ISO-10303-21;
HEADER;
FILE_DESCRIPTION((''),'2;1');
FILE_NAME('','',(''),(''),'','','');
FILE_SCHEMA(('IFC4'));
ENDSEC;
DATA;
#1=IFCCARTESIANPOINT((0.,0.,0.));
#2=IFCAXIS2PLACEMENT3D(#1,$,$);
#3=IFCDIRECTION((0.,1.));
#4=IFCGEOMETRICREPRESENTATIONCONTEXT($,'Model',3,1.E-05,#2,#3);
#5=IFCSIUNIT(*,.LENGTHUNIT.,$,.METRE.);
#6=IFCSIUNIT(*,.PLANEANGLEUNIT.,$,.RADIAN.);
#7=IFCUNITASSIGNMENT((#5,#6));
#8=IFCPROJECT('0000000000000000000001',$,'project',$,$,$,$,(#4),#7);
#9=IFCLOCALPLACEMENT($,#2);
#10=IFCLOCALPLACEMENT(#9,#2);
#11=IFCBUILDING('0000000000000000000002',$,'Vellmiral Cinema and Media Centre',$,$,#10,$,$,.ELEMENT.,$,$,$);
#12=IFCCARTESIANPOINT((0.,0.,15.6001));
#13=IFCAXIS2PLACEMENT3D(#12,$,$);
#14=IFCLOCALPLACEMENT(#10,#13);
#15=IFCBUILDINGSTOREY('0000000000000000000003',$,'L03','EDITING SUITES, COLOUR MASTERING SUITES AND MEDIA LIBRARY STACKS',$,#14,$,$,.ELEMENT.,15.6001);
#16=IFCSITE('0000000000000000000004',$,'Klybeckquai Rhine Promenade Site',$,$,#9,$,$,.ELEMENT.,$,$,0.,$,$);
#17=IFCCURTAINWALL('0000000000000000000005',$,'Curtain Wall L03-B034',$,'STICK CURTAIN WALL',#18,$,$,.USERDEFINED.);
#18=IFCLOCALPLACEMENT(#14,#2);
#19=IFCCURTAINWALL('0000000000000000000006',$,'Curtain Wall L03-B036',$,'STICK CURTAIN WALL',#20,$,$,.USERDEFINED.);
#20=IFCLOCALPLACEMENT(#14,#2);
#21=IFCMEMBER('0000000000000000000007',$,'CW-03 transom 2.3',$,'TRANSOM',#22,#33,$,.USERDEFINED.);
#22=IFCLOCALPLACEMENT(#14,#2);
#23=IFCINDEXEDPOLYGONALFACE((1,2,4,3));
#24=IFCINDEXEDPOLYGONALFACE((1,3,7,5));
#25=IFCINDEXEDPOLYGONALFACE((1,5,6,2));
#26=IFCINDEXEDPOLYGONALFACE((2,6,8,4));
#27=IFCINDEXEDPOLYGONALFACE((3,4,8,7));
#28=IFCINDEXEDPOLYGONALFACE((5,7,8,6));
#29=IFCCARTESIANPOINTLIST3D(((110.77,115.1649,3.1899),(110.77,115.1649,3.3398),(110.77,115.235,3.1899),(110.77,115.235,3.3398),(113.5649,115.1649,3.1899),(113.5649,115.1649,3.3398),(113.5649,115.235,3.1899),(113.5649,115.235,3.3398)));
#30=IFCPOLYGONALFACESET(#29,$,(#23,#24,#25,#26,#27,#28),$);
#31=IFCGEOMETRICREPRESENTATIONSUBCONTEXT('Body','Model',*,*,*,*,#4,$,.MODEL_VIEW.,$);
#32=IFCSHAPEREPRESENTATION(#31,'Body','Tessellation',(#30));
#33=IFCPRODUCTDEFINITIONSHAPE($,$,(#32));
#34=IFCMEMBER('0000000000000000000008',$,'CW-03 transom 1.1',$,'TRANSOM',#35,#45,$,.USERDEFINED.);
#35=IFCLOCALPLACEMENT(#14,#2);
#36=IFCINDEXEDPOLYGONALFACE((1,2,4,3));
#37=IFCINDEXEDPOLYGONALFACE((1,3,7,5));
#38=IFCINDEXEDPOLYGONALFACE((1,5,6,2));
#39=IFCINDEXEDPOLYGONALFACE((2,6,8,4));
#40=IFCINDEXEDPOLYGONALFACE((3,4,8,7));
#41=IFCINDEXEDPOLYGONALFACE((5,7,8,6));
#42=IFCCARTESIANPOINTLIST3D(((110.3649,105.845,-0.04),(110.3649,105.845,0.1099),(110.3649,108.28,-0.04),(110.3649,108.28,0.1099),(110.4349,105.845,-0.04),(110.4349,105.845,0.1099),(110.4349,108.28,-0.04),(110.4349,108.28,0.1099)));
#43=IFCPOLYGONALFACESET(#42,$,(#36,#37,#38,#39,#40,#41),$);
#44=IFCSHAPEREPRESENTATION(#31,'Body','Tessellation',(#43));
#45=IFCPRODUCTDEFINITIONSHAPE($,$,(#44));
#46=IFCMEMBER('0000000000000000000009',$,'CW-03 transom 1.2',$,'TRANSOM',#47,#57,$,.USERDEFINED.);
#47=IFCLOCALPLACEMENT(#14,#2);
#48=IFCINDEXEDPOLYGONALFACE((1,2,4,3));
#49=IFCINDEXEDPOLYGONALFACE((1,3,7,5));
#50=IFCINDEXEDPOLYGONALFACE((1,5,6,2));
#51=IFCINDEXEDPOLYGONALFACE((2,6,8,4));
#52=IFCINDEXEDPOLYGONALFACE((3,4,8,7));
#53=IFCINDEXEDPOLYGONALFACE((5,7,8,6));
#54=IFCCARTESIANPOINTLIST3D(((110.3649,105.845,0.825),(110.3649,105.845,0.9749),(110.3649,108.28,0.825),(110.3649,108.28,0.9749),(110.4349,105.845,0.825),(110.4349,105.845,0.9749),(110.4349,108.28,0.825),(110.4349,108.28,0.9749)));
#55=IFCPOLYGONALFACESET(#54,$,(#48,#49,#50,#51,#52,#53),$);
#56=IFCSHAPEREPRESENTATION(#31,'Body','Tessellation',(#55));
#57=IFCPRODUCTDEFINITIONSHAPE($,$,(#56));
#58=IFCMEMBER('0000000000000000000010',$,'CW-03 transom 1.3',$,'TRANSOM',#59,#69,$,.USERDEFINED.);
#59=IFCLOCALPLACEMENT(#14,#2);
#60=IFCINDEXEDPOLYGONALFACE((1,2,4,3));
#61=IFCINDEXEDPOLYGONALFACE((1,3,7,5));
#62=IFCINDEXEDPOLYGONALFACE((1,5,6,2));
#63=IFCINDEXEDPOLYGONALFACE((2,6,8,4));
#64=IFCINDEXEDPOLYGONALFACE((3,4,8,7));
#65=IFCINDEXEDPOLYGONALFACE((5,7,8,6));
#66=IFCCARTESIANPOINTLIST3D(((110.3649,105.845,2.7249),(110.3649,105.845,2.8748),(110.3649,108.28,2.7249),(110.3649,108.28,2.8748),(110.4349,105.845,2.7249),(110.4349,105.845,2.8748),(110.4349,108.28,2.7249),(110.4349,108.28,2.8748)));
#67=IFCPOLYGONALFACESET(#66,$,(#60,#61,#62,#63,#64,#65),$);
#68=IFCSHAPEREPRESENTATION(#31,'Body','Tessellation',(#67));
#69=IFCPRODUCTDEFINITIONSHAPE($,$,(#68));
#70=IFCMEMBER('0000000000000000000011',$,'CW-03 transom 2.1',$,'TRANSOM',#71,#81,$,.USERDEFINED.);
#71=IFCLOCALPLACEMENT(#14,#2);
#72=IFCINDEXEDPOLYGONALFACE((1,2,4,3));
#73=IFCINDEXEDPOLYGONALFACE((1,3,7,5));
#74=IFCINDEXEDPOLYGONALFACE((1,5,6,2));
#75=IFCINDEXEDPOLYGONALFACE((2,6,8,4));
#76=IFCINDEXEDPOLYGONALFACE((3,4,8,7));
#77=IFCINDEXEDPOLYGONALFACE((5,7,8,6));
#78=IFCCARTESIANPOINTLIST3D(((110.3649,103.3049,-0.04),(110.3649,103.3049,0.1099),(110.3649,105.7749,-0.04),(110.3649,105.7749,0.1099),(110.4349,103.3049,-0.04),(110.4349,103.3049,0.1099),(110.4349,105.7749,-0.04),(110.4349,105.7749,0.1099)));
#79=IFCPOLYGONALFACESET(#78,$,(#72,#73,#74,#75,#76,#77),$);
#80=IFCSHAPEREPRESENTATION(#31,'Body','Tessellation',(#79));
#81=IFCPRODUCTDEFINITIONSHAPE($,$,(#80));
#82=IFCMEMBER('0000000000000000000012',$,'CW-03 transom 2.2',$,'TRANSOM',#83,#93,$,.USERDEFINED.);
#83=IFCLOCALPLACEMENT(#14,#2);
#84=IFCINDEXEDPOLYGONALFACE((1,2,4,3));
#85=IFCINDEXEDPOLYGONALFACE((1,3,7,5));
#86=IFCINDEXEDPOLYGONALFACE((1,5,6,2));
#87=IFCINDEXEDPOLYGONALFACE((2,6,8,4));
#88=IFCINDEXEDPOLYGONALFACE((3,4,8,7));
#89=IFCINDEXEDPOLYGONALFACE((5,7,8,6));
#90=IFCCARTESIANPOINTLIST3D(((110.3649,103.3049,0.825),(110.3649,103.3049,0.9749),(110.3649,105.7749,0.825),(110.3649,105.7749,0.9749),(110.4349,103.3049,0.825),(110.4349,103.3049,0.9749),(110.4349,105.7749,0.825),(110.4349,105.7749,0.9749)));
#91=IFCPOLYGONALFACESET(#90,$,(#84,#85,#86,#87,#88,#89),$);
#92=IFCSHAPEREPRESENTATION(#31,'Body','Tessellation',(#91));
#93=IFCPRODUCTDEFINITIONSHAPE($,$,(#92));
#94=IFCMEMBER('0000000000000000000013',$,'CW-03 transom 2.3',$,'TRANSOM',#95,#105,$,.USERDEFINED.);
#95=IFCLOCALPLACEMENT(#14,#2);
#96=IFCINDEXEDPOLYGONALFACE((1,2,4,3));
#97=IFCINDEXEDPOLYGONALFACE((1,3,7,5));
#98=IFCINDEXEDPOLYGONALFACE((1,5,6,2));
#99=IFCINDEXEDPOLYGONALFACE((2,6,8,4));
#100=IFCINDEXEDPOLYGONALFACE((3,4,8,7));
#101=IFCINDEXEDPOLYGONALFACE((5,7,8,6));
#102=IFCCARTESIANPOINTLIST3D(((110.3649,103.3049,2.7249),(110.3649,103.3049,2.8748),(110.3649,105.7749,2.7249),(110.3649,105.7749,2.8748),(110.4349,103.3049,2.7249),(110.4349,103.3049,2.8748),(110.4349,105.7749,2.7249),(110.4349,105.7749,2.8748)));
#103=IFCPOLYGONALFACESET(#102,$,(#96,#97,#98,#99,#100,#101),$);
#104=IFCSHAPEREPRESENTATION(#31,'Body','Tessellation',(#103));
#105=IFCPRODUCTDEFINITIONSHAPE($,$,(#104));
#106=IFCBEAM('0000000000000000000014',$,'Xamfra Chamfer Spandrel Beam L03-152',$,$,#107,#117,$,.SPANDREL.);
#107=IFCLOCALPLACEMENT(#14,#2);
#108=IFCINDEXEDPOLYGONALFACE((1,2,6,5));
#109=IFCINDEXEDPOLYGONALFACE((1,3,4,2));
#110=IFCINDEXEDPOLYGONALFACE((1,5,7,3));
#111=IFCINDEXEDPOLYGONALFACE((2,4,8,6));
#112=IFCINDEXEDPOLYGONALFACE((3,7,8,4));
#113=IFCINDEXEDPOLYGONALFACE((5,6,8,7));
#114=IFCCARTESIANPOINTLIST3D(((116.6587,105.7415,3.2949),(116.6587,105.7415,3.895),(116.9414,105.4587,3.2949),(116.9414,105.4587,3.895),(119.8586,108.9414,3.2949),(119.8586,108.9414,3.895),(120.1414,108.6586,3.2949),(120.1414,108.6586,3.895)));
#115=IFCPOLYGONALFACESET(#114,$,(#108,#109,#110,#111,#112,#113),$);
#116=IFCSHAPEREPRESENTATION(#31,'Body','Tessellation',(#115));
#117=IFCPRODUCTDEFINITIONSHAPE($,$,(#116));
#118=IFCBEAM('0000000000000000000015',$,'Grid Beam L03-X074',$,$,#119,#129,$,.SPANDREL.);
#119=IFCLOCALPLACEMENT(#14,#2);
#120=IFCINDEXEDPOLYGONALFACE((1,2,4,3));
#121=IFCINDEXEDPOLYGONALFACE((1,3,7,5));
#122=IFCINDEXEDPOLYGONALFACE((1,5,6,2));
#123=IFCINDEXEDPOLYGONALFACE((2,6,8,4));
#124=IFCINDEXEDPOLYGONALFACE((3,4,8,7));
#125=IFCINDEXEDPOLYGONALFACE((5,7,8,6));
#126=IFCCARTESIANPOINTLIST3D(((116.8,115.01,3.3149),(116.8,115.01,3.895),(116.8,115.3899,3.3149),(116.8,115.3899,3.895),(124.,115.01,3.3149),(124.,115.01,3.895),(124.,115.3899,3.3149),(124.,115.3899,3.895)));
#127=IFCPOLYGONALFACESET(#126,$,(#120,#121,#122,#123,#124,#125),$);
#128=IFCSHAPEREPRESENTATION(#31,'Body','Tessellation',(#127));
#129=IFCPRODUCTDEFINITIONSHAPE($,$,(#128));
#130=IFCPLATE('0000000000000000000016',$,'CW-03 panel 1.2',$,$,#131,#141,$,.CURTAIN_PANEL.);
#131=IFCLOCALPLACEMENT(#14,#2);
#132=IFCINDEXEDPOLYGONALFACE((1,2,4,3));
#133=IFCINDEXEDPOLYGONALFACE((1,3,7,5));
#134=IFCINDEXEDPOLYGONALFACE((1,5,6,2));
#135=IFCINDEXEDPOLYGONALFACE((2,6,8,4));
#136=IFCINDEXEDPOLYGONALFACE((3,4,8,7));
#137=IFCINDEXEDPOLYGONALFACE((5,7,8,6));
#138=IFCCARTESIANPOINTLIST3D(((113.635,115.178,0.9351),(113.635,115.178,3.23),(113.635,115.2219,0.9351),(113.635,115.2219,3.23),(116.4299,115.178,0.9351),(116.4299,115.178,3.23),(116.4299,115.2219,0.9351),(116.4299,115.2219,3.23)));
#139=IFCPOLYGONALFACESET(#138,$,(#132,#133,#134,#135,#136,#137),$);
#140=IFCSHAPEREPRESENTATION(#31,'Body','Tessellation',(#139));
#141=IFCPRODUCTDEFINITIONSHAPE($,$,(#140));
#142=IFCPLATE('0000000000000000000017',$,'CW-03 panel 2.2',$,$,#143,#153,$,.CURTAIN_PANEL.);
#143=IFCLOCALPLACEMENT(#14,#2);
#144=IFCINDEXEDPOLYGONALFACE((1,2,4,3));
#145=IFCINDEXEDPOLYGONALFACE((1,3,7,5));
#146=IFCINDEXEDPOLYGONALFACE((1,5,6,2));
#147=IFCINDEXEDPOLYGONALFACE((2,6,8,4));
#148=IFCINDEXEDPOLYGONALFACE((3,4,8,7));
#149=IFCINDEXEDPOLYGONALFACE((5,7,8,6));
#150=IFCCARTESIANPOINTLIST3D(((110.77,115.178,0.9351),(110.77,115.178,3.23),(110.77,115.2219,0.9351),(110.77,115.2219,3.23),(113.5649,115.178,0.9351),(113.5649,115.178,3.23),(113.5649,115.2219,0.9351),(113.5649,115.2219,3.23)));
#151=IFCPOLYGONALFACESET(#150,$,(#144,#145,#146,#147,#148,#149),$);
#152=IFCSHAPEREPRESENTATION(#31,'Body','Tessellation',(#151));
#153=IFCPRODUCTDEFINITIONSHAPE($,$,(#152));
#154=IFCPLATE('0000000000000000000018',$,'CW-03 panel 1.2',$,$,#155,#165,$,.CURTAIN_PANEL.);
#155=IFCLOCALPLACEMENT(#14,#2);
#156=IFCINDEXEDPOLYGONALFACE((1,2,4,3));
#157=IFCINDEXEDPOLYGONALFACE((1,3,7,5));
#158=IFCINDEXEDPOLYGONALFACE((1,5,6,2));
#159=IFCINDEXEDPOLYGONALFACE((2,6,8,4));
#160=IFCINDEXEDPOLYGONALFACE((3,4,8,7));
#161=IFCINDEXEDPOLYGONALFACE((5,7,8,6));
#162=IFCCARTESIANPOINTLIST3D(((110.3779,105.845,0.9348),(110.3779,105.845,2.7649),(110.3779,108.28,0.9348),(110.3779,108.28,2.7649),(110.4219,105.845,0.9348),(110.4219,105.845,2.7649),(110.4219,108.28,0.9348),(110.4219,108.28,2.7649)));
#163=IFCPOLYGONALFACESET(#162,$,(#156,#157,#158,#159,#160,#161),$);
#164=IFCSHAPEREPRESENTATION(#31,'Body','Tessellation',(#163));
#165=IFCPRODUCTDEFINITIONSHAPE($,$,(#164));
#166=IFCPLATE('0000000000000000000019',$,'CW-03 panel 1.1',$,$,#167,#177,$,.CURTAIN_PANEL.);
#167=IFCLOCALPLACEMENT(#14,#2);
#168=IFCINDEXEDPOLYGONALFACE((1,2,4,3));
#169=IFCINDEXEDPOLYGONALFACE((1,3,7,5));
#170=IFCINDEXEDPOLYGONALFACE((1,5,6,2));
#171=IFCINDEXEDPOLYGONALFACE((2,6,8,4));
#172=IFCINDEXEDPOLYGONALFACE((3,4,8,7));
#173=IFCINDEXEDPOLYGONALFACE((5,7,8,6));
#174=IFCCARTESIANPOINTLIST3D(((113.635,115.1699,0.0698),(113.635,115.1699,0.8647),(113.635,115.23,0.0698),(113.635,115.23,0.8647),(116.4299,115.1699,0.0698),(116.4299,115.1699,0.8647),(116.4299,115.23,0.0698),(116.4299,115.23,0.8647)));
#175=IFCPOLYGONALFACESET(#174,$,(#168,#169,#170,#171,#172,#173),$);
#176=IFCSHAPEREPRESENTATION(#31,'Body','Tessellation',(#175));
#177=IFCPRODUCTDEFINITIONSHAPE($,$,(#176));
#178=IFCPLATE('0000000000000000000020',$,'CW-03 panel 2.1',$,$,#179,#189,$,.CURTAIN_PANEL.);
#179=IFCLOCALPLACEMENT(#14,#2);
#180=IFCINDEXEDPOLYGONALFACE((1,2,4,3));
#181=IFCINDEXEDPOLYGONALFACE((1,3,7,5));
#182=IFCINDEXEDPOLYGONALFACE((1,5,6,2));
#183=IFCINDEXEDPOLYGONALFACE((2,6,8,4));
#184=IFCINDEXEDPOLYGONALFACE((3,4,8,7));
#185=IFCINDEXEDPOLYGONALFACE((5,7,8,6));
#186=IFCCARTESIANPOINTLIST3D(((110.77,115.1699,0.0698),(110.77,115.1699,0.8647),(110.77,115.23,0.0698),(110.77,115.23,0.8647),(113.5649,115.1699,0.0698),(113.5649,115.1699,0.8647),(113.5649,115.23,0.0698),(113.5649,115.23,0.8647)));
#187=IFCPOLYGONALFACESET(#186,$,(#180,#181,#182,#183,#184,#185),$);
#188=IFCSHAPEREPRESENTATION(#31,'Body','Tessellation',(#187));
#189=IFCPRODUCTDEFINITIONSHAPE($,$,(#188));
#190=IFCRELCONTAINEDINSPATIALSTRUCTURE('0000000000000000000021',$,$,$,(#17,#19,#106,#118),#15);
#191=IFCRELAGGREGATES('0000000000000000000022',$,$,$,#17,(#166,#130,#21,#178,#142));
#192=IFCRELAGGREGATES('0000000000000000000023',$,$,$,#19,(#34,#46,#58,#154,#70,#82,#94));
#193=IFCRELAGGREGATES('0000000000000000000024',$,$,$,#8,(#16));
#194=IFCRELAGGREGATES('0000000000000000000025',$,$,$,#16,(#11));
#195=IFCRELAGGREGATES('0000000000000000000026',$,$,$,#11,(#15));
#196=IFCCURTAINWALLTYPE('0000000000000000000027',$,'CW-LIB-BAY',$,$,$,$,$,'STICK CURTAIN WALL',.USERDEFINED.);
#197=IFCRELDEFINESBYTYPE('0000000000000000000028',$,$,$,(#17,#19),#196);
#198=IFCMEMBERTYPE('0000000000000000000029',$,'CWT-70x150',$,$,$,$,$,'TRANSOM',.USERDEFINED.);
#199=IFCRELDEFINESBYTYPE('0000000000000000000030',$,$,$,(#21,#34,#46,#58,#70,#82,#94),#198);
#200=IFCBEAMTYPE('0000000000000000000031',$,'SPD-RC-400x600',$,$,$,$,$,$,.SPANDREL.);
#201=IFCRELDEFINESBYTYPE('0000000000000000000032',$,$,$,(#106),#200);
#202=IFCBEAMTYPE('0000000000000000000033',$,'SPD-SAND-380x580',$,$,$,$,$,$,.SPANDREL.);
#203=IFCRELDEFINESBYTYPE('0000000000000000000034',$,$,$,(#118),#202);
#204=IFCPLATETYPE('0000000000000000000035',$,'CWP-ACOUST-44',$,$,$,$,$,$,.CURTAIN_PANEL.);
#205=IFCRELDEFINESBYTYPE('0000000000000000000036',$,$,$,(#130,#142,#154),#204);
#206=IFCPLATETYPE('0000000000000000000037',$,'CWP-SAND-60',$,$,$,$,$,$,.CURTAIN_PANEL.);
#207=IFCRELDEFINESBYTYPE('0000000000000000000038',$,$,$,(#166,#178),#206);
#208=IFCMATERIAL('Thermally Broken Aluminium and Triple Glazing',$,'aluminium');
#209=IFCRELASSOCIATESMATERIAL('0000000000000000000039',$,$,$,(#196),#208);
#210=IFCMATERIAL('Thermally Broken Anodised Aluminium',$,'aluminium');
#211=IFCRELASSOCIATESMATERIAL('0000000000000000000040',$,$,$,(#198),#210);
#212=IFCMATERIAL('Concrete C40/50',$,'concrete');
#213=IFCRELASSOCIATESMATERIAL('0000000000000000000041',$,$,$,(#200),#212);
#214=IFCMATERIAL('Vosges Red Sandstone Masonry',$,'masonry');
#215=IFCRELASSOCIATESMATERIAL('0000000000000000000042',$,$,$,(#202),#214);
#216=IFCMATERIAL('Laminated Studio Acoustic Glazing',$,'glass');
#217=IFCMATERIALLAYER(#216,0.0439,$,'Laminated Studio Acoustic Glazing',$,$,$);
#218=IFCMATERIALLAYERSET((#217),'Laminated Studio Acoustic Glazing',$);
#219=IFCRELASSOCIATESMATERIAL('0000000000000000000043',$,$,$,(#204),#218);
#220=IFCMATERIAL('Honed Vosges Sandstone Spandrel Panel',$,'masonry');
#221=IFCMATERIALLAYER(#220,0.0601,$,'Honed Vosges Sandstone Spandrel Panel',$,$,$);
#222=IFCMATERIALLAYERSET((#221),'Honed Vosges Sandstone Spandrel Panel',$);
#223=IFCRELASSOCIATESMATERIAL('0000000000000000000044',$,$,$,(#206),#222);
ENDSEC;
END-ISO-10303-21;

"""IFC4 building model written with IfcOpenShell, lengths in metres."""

from ifc_helpers import new_model, si_unit, direction, frame, origin, origin_2d, place, context, subcontext, project, spatial, rectangle, extrude, material, layer, layer_set, material_profile, profile_set, type_object, element, aggregate, save


model = new_model("IFC4")

# Units and contexts
model_context = context("Model", 3, precision=1e-05, world=origin(), true_north=direction((0.0, 1.0)))
body_context = subcontext(model_context, "Body", "Model", "MODEL_VIEW")
ifc_project = project(units=[si_unit("LENGTHUNIT", "METRE"), si_unit("PLANEANGLEUNIT", "RADIAN")], contexts=[model_context])

# Site, building, storey
site_placement = place(None, origin())
site = spatial("IfcSite", under=ifc_project, at=site_placement, Name="Klybeckquai Rhine Promenade Site", CompositionType="ELEMENT", RefElevation=0.0)
building_placement = place(site_placement, origin())
building = spatial("IfcBuilding", under=site, at=building_placement, Name="Vellmiral Cinema and Media Centre", CompositionType="ELEMENT")
storey_placement = place(building_placement, frame((0.0, 0.0, 15.6001)))
storey = spatial("IfcBuildingStorey", under=building, at=storey_placement, Name="L03", Description="EDITING SUITES, COLOUR MASTERING SUITES AND MEDIA LIBRARY STACKS", CompositionType="ELEMENT", Elevation=15.6001)

# Curtain walls
ifc_material_1 = material(Name="Thermally Broken Aluminium and Triple Glazing", Category="aluminium")
curtain_wall_type = type_object("IfcCurtainWallType", Name="CW-LIB-BAY", ElementType="STICK CURTAIN WALL", PredefinedType="USERDEFINED", material=ifc_material_1)
curtain_wall_1_placement = place(storey_placement, origin())
curtain_wall_1 = element("IfcCurtainWall", 1, at=curtain_wall_1_placement, inside=storey, type_object=curtain_wall_type, Name="Curtain Wall L03-B034", ObjectType="STICK CURTAIN WALL", PredefinedType="USERDEFINED")
curtain_wall_2_placement = place(storey_placement, origin())
curtain_wall_2 = element("IfcCurtainWall", 2, at=curtain_wall_2_placement, inside=storey, type_object=curtain_wall_type, Name="Curtain Wall L03-B036", ObjectType="STICK CURTAIN WALL", PredefinedType="USERDEFINED")

# Members
ifc_material_2 = material(Name="Thermally Broken Anodised Aluminium", Category="aluminium")
ifc_material_profile_1 = material_profile(ifc_material_2, rectangle(XDim=0.0701, YDim=0.1499, at=origin_2d()), Name="MULL 70x150")
ifc_profile_set_1 = profile_set([ifc_material_profile_1], Name="Thermally Broken Anodised Aluminium")
member_type_1 = type_object("IfcMemberType", Name="CWT-70x150", ElementType="TRANSOM", PredefinedType="USERDEFINED", material=ifc_profile_set_1)
member_1_placement = place(storey_placement, frame((113.5649, 115.2, 3.2649), z_axis=(-1.0, 0.0, 0.0), x_axis=(0.0, -1.0, 0.0)))
member_1 = element("IfcMember", 3, at=member_1_placement, type_object=member_type_1, Name="CW-03 transom 2.3", ObjectType="TRANSOM", PredefinedType="USERDEFINED", context=body_context, shape_type="SweptSolid", body=[
    extrude(rectangle(XDim=0.0701, YDim=0.1499, at=origin_2d()), origin(), (0.0, 0.0, 1.0), 2.7949),
])
member_2_placement = place(storey_placement, frame((110.3999, 108.28, 0.0349), z_axis=(0.0, -1.0, 0.0), x_axis=(1.0, 0.0, 0.0)))
member_2 = element("IfcMember", 4, at=member_2_placement, type_object=member_type_1, Name="CW-03 transom 1.1", ObjectType="TRANSOM", PredefinedType="USERDEFINED", context=body_context, shape_type="SweptSolid", body=[
    extrude(rectangle(XDim=0.0701, YDim=0.1499, at=origin_2d()), origin(), (0.0, 0.0, 1.0), 2.4351),
])
member_3_placement = place(storey_placement, frame((110.3999, 108.28, 0.8999), z_axis=(0.0, -1.0, 0.0), x_axis=(1.0, 0.0, 0.0)))
member_3 = element("IfcMember", 5, at=member_3_placement, type_object=member_type_1, Name="CW-03 transom 1.2", ObjectType="TRANSOM", PredefinedType="USERDEFINED", context=body_context, shape_type="SweptSolid", body=[
    extrude(rectangle(XDim=0.0701, YDim=0.1499, at=origin_2d()), origin(), (0.0, 0.0, 1.0), 2.4351),
])
member_4_placement = place(storey_placement, frame((110.3999, 108.28, 2.7998), z_axis=(0.0, -1.0, 0.0), x_axis=(1.0, 0.0, 0.0)))
member_4 = element("IfcMember", 6, at=member_4_placement, type_object=member_type_1, Name="CW-03 transom 1.3", ObjectType="TRANSOM", PredefinedType="USERDEFINED", context=body_context, shape_type="SweptSolid", body=[
    extrude(rectangle(XDim=0.0701, YDim=0.1499, at=origin_2d()), origin(), (0.0, 0.0, 1.0), 2.4351),
])
member_5_placement = place(storey_placement, frame((110.3999, 105.7749, 0.0349), z_axis=(0.0, -1.0, 0.0), x_axis=(1.0, 0.0, 0.0)))
member_5 = element("IfcMember", 7, at=member_5_placement, type_object=member_type_1, Name="CW-03 transom 2.1", ObjectType="TRANSOM", PredefinedType="USERDEFINED", context=body_context, shape_type="SweptSolid", body=[
    extrude(rectangle(XDim=0.0701, YDim=0.1499, at=origin_2d()), origin(), (0.0, 0.0, 1.0), 2.47),
])
member_6_placement = place(storey_placement, frame((110.3999, 105.7749, 0.8999), z_axis=(0.0, -1.0, 0.0), x_axis=(1.0, 0.0, 0.0)))
member_6 = element("IfcMember", 8, at=member_6_placement, type_object=member_type_1, Name="CW-03 transom 2.2", ObjectType="TRANSOM", PredefinedType="USERDEFINED", context=body_context, shape_type="SweptSolid", body=[
    extrude(rectangle(XDim=0.0701, YDim=0.1499, at=origin_2d()), origin(), (0.0, 0.0, 1.0), 2.47),
])
member_7_placement = place(storey_placement, frame((110.3999, 105.7749, 2.7998), z_axis=(0.0, -1.0, 0.0), x_axis=(1.0, 0.0, 0.0)))
member_7 = element("IfcMember", 9, at=member_7_placement, type_object=member_type_1, Name="CW-03 transom 2.3", ObjectType="TRANSOM", PredefinedType="USERDEFINED", context=body_context, shape_type="SweptSolid", body=[
    extrude(rectangle(XDim=0.0701, YDim=0.1499, at=origin_2d()), origin(), (0.0, 0.0, 1.0), 2.47),
])

# Beams
ifc_material_3 = material(Name="Concrete C40/50", Category="concrete")
ifc_material_profile_2 = material_profile(ifc_material_3, rectangle(XDim=0.3999, YDim=0.6001, at=origin_2d()), Name="RC 400x600")
ifc_profile_set_2 = profile_set([ifc_material_profile_2], Name="Concrete C40/50")
beam_type_1 = type_object("IfcBeamType", Name="SPD-RC-400x600", PredefinedType="SPANDREL", material=ifc_profile_set_2)
beam_1_placement = place(storey_placement, frame((116.8, 105.6001, 3.595), z_axis=(0.707107, 0.707107, 0.0), x_axis=(-0.707107, 0.707107, 0.0)))
element("IfcBeam", 10, at=beam_1_placement, inside=storey, type_object=beam_type_1, Name="Xamfra Chamfer Spandrel Beam L03-152", PredefinedType="SPANDREL", context=body_context, shape_type="SweptSolid", body=[
    extrude(rectangle(XDim=0.3999, YDim=0.6001, at=origin_2d()), origin(), (0.0, 0.0, 1.0), 4.5254),
])
ifc_material_4 = material(Name="Vosges Red Sandstone Masonry", Category="masonry")
ifc_material_profile_3 = material_profile(ifc_material_4, rectangle(XDim=0.3799, YDim=0.5801, at=origin_2d()), Name="SAND 380x580")
ifc_profile_set_3 = profile_set([ifc_material_profile_3], Name="Vosges Red Sandstone Masonry")
beam_type_2 = type_object("IfcBeamType", Name="SPD-SAND-380x580", PredefinedType="SPANDREL", material=ifc_profile_set_3)
beam_2_placement = place(storey_placement, frame((116.8, 115.2, 3.605), z_axis=(1.0, 0.0, 0.0), x_axis=(0.0, 1.0, 0.0)))
element("IfcBeam", 11, at=beam_2_placement, inside=storey, type_object=beam_type_2, Name="Grid Beam L03-X074", PredefinedType="SPANDREL", context=body_context, shape_type="SweptSolid", body=[
    extrude(rectangle(XDim=0.3799, YDim=0.5801, at=origin_2d()), origin(), (0.0, 0.0, 1.0), 7.2),
])

# Plates
ifc_material_5 = material(Name="Laminated Studio Acoustic Glazing", Category="glass")
ifc_layer_1 = layer(ifc_material_5, 0.0439, Name="Laminated Studio Acoustic Glazing")
ifc_layer_set_1 = layer_set([ifc_layer_1], Name="Laminated Studio Acoustic Glazing")
plate_type_1 = type_object("IfcPlateType", Name="CWP-ACOUST-44", PredefinedType="CURTAIN_PANEL", material=ifc_layer_set_1)
plate_1_placement = place(storey_placement, frame((115.0325, 115.2, 0.9351), z_axis=(0.0, 0.0, 1.0), x_axis=(-1.0, 0.0, 0.0)))
plate_1 = element("IfcPlate", 12, at=plate_1_placement, type_object=plate_type_1, Name="CW-03 panel 1.2", PredefinedType="CURTAIN_PANEL", context=body_context, shape_type="SweptSolid", body=[
    extrude(rectangle(XDim=2.7949, YDim=0.0439, at=origin_2d()), origin(), (0.0, 0.0, 1.0), 2.2949),
])
plate_2_placement = place(storey_placement, frame((112.1675, 115.2, 0.9351), z_axis=(0.0, 0.0, 1.0), x_axis=(-1.0, 0.0, 0.0)))
plate_2 = element("IfcPlate", 13, at=plate_2_placement, type_object=plate_type_1, Name="CW-03 panel 2.2", PredefinedType="CURTAIN_PANEL", context=body_context, shape_type="SweptSolid", body=[
    extrude(rectangle(XDim=2.7949, YDim=0.0439, at=origin_2d()), origin(), (0.0, 0.0, 1.0), 2.2949),
])
plate_3_placement = place(storey_placement, frame((110.3999, 107.0625, 0.9348), z_axis=(0.0, 0.0, 1.0), x_axis=(0.0, -1.0, 0.0)))
plate_3 = element("IfcPlate", 14, at=plate_3_placement, type_object=plate_type_1, Name="CW-03 panel 1.2", PredefinedType="CURTAIN_PANEL", context=body_context, shape_type="SweptSolid", body=[
    extrude(rectangle(XDim=2.4351, YDim=0.0439, at=origin_2d()), origin(), (0.0, 0.0, 1.0), 1.8301),
])
ifc_material_6 = material(Name="Honed Vosges Sandstone Spandrel Panel", Category="masonry")
ifc_layer_2 = layer(ifc_material_6, 0.0601, Name="Honed Vosges Sandstone Spandrel Panel")
ifc_layer_set_2 = layer_set([ifc_layer_2], Name="Honed Vosges Sandstone Spandrel Panel")
plate_type_2 = type_object("IfcPlateType", Name="CWP-SAND-60", PredefinedType="CURTAIN_PANEL", material=ifc_layer_set_2)
plate_4_placement = place(storey_placement, frame((115.0325, 115.2, 0.0698), z_axis=(0.0, 0.0, 1.0), x_axis=(-1.0, 0.0, 0.0)))
plate_4 = element("IfcPlate", 15, at=plate_4_placement, type_object=plate_type_2, Name="CW-03 panel 1.1", PredefinedType="CURTAIN_PANEL", context=body_context, shape_type="SweptSolid", body=[
    extrude(rectangle(XDim=2.7949, YDim=0.0601, at=origin_2d()), origin(), (0.0, 0.0, 1.0), 0.7949),
])
plate_5_placement = place(storey_placement, frame((112.1675, 115.2, 0.0698), z_axis=(0.0, 0.0, 1.0), x_axis=(-1.0, 0.0, 0.0)))
plate_5 = element("IfcPlate", 16, at=plate_5_placement, type_object=plate_type_2, Name="CW-03 panel 2.1", PredefinedType="CURTAIN_PANEL", context=body_context, shape_type="SweptSolid", body=[
    extrude(rectangle(XDim=2.7949, YDim=0.0601, at=origin_2d()), origin(), (0.0, 0.0, 1.0), 0.7949),
])
aggregate(curtain_wall_1, [plate_4, plate_1, member_1, plate_5, plate_2])
aggregate(curtain_wall_2, [member_2, member_3, member_4, plate_3, member_5, member_6, member_7])

save(model, "model.ifc")
